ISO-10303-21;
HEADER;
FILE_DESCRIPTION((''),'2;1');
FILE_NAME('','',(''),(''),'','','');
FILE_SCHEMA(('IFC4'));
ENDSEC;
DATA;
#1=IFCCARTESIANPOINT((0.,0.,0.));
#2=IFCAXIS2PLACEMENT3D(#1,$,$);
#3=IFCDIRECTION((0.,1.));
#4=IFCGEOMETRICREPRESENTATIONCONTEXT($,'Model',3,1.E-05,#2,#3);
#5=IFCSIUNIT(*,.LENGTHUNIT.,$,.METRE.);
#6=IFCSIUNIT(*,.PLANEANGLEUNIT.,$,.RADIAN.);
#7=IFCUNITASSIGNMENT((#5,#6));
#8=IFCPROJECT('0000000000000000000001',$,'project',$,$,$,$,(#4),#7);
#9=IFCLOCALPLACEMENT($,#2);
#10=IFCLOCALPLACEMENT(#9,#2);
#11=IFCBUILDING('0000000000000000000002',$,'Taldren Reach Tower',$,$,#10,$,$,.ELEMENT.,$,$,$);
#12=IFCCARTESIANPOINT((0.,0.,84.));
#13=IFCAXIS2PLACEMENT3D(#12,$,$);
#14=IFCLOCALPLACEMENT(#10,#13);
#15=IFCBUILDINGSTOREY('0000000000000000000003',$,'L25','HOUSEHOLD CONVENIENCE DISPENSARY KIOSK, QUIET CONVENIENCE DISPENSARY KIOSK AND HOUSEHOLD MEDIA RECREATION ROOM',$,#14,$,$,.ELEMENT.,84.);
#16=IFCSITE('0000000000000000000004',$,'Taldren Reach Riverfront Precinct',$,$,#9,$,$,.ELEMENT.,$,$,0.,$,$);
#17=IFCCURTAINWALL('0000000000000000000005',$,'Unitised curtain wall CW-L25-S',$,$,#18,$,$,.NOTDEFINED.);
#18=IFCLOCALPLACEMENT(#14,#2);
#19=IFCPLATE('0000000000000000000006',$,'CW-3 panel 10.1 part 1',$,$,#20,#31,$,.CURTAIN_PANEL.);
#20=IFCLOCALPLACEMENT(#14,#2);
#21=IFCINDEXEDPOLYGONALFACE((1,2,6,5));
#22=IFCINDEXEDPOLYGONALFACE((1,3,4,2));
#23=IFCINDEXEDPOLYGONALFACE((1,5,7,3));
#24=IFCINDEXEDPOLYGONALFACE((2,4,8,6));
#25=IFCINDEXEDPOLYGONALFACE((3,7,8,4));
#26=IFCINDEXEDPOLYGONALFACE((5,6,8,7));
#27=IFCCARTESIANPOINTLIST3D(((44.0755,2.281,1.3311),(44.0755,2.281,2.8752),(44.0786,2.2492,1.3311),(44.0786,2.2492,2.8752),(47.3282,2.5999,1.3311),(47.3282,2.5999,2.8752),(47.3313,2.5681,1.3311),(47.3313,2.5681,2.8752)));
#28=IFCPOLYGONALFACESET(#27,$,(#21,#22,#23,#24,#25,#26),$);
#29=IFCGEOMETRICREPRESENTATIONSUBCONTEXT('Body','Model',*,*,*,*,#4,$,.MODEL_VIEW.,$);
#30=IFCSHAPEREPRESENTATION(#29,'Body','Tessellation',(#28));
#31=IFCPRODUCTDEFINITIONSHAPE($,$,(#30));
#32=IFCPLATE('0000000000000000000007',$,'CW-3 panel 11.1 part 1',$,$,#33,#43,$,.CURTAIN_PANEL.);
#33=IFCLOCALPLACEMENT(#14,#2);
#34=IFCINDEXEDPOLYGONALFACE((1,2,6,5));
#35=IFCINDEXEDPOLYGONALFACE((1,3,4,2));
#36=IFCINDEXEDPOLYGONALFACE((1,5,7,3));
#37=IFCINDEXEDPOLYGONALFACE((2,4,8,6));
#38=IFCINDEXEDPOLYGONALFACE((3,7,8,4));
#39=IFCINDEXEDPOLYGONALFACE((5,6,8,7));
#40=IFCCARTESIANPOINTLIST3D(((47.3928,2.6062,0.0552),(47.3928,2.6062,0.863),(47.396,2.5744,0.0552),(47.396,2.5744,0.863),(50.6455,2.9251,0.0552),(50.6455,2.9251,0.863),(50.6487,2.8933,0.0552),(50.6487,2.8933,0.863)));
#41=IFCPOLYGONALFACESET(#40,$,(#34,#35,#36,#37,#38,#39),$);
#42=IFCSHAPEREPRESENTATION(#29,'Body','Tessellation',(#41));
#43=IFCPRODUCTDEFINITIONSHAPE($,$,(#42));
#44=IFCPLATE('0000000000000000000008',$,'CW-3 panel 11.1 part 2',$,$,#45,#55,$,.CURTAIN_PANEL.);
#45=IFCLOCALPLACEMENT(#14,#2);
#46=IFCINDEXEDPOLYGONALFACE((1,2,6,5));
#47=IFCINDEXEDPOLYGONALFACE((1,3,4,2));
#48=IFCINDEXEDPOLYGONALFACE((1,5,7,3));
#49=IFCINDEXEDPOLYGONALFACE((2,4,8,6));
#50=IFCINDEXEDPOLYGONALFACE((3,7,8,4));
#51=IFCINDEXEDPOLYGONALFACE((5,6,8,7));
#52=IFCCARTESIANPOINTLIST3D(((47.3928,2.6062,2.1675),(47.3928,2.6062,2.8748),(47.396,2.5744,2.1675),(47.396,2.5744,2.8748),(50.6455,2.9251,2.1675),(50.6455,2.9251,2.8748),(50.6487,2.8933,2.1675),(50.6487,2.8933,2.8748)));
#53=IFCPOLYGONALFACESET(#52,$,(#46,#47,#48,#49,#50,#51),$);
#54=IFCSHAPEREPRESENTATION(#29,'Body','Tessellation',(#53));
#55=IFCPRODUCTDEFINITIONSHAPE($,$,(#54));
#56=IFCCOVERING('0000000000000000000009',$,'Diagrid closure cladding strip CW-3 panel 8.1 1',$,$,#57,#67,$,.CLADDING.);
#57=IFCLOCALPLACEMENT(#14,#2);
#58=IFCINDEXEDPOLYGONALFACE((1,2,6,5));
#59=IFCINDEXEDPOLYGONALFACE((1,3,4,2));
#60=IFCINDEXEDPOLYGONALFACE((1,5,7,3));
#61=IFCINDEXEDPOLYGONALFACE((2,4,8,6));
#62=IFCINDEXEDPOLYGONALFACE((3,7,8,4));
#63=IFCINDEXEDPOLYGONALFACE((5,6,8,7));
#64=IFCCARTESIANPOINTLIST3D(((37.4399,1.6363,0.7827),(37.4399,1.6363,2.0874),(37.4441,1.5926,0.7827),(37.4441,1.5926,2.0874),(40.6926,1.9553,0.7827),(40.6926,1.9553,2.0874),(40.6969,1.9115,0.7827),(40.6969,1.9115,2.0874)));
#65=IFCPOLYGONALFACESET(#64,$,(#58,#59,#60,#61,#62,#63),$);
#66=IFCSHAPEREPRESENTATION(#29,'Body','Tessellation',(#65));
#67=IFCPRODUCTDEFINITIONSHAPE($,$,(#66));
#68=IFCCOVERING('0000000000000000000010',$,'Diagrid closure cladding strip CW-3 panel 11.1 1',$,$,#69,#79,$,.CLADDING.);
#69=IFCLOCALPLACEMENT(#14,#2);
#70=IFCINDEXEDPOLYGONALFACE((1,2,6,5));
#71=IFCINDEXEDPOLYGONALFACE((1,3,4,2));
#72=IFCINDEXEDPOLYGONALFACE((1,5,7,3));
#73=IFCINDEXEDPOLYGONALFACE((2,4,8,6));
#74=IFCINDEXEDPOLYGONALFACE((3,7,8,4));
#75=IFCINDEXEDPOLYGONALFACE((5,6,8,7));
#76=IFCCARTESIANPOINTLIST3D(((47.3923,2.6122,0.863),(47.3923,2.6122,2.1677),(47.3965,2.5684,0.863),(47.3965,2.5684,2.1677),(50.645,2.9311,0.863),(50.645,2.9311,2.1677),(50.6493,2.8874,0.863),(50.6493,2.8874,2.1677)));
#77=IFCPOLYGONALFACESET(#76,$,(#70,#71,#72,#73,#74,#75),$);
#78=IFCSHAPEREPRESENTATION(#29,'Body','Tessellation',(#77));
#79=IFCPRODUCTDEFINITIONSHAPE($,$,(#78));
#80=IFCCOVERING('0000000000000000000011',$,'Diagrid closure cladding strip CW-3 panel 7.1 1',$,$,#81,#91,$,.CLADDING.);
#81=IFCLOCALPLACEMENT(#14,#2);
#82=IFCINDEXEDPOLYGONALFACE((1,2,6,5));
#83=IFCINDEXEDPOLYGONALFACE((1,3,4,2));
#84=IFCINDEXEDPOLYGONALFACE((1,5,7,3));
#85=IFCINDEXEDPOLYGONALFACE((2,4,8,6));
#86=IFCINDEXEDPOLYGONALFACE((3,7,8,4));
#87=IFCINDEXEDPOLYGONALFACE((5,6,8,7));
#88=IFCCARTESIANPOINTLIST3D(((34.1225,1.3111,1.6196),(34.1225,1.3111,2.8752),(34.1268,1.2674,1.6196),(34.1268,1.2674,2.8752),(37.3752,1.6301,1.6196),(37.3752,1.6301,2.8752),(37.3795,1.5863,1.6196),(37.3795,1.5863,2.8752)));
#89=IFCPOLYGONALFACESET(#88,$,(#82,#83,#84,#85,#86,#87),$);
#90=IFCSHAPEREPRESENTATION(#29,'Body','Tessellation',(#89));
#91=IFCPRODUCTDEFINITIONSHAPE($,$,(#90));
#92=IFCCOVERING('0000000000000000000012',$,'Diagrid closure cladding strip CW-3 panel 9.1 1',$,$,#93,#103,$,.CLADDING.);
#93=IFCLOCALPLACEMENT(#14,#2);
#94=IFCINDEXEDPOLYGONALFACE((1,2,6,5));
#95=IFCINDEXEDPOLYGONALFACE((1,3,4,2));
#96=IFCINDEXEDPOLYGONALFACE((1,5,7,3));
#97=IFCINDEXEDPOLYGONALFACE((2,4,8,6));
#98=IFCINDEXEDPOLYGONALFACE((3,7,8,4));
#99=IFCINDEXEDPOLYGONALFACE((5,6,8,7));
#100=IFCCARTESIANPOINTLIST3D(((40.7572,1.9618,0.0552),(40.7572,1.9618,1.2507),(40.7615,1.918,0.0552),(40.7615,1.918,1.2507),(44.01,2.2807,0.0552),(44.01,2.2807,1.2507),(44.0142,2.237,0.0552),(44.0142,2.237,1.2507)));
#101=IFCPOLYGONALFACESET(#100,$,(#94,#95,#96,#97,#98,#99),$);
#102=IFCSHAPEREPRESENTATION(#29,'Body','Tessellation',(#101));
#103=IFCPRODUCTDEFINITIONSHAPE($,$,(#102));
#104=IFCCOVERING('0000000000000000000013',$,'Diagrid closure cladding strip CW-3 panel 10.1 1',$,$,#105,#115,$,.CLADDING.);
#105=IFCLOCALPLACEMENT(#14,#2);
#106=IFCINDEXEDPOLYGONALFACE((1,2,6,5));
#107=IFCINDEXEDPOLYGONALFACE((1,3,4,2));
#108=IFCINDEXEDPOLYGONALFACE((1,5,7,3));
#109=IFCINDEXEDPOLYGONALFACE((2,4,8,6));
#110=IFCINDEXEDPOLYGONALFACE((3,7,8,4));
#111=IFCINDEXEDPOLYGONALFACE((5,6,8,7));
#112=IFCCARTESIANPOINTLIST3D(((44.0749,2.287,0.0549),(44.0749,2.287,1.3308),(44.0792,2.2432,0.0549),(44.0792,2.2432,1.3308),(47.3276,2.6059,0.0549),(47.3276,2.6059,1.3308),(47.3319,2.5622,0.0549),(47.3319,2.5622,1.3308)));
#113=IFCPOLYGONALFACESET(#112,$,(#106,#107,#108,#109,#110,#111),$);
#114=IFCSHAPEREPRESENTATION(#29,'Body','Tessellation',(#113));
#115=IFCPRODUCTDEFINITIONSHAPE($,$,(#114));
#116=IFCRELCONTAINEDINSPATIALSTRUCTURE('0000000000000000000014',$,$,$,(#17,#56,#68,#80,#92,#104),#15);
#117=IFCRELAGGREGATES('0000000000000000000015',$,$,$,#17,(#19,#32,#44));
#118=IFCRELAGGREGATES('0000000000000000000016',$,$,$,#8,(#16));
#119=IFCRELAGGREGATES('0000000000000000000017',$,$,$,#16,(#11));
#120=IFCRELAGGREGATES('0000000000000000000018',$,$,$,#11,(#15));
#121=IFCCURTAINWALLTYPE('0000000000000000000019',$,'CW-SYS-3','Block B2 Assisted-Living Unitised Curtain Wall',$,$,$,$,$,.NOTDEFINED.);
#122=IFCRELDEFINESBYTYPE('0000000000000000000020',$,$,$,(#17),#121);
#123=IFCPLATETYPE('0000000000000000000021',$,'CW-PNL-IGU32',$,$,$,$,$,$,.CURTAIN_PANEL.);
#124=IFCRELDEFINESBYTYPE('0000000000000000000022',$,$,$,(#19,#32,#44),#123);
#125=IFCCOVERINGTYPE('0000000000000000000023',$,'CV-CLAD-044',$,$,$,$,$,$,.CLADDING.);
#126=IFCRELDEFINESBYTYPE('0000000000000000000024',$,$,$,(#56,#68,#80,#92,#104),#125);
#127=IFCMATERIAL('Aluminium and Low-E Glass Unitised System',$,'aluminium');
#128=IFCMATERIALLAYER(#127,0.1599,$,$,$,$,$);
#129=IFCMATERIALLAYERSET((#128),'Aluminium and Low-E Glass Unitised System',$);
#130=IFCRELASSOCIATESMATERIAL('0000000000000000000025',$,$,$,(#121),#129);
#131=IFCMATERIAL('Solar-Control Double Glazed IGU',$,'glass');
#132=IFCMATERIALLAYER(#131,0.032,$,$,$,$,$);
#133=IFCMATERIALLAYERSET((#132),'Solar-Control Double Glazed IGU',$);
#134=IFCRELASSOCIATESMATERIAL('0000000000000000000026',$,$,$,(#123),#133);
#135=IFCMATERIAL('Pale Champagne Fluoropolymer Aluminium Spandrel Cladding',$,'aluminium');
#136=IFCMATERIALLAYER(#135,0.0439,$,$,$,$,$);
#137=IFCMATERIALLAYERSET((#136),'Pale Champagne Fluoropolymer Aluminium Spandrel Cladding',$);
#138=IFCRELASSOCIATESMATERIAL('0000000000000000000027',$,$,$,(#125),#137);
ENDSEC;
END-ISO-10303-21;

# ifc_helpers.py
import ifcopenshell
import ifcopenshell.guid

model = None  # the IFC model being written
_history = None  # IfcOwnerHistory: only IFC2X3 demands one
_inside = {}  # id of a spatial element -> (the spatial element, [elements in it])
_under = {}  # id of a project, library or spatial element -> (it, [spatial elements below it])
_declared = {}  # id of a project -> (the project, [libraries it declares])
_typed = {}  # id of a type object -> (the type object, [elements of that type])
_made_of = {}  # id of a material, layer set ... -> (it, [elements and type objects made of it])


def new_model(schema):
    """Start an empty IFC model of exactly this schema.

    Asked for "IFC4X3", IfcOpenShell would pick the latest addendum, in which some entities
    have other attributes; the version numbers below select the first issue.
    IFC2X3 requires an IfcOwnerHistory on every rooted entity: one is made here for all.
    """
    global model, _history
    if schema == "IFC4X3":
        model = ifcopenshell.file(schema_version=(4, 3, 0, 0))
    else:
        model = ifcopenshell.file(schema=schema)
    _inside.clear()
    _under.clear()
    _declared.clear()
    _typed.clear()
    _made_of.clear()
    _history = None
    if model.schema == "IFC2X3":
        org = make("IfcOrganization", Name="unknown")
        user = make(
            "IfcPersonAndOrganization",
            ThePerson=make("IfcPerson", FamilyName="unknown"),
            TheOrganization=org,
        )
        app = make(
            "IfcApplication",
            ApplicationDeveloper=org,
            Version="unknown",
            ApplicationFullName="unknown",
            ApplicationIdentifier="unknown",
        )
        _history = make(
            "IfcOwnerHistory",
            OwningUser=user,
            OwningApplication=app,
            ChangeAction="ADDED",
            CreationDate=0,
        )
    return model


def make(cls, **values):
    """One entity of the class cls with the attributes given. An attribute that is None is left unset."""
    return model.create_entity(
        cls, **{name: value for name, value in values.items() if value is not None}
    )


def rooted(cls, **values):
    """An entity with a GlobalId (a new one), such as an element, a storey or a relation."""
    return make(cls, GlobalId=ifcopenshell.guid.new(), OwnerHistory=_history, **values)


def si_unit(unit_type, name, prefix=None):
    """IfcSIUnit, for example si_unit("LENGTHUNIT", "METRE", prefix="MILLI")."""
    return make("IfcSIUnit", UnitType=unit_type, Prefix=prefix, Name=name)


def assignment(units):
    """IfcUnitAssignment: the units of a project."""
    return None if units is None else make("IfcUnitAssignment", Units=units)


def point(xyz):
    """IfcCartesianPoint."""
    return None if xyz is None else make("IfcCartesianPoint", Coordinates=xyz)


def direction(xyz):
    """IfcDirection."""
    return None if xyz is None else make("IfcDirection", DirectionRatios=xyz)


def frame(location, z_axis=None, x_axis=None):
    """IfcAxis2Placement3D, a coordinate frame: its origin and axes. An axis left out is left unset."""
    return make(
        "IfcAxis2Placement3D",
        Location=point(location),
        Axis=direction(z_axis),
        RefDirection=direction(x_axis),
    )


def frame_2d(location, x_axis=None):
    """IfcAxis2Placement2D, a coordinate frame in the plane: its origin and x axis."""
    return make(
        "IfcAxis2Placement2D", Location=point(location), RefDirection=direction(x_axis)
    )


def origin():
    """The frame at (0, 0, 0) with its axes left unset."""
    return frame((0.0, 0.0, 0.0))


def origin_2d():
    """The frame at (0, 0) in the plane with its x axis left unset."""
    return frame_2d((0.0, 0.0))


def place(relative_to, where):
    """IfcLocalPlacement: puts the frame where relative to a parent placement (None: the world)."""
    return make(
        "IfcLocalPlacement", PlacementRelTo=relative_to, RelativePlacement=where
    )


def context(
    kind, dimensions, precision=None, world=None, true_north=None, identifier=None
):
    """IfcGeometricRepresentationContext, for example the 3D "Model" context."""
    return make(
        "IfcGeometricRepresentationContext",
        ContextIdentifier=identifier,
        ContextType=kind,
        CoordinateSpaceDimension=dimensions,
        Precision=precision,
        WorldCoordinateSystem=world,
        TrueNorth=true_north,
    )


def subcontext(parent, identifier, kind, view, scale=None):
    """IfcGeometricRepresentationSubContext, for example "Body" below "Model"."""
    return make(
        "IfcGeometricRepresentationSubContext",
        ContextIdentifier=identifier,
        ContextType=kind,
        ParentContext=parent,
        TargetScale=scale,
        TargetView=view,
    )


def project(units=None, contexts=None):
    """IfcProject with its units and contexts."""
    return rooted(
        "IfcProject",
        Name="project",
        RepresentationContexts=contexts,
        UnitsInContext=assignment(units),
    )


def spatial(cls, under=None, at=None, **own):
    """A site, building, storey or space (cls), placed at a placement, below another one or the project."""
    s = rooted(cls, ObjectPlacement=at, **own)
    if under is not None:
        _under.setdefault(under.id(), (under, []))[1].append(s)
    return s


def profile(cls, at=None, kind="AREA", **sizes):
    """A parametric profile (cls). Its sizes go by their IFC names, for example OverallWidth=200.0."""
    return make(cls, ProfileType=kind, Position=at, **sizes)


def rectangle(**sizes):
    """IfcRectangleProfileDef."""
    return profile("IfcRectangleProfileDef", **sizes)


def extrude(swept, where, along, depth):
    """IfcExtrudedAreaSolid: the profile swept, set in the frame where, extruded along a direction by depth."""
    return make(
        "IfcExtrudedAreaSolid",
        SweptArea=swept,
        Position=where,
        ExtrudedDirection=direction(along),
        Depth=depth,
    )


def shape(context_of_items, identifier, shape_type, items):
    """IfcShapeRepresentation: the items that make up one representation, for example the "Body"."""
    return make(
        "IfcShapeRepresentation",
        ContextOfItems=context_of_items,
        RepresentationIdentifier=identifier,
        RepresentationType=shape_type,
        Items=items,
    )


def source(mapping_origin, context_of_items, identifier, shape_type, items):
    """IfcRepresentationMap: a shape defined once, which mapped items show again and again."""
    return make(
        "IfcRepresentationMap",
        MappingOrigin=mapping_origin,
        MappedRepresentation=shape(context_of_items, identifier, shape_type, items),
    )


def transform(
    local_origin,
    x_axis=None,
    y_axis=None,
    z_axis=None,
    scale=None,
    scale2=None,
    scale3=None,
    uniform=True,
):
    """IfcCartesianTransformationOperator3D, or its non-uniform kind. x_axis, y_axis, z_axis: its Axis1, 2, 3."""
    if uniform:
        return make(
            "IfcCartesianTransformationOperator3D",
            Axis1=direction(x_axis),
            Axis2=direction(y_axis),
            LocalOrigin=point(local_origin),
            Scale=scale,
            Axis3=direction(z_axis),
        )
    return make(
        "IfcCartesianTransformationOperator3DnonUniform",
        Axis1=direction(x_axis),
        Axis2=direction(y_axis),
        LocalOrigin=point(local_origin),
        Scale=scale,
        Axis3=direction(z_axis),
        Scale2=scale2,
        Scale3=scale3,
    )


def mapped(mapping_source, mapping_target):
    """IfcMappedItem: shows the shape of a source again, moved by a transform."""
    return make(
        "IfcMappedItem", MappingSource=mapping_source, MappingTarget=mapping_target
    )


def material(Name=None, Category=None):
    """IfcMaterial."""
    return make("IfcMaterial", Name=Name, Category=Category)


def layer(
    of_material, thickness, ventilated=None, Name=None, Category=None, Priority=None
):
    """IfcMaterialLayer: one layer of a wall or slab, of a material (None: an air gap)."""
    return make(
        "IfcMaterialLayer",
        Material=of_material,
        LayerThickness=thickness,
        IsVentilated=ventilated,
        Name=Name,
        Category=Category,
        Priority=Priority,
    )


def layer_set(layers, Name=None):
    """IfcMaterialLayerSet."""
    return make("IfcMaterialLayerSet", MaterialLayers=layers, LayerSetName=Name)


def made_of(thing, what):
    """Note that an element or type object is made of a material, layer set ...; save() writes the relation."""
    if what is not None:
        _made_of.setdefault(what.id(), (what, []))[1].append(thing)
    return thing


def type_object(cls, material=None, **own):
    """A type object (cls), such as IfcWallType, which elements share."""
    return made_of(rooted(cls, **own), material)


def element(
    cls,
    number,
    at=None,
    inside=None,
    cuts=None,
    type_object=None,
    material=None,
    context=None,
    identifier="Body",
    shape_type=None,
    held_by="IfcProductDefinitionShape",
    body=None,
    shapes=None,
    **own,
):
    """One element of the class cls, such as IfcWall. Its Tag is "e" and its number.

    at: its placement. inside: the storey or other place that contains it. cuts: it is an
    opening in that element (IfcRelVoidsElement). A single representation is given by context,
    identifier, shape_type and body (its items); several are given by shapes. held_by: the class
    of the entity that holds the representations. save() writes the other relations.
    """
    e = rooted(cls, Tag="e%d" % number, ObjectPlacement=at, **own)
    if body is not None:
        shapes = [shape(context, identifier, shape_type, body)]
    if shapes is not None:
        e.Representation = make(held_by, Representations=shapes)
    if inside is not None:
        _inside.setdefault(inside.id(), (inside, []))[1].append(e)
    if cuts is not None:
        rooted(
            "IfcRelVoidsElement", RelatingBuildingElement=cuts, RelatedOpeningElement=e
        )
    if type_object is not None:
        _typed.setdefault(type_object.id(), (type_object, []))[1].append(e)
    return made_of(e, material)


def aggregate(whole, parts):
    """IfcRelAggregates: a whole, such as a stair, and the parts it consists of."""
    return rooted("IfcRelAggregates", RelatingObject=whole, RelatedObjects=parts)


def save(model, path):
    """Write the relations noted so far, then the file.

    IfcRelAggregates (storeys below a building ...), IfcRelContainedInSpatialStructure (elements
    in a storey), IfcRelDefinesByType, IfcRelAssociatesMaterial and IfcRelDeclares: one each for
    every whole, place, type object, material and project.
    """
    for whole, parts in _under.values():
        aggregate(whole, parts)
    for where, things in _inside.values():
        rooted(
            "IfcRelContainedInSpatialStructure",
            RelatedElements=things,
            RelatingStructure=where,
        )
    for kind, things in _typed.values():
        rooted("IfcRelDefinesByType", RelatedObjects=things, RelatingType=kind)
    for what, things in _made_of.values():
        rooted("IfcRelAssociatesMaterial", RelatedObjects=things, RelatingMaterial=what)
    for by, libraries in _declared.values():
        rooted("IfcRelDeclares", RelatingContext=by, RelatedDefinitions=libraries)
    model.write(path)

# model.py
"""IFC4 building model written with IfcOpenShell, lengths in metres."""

from ifc_helpers import new_model, si_unit, direction, frame, origin, origin_2d, place, context, subcontext, project, spatial, rectangle, extrude, source, transform, mapped, material, layer, layer_set, type_object, element, aggregate, save


model = new_model("IFC4")

# Units and contexts
model_context = context("Model", 3, precision=1e-05, world=origin(), true_north=direction((0.0, 1.0)))
body_context = subcontext(model_context, "Body", "Model", "MODEL_VIEW")
ifc_project = project(units=[si_unit("LENGTHUNIT", "METRE"), si_unit("PLANEANGLEUNIT", "RADIAN")], contexts=[model_context])

# Site, building, storey
site_placement = place(None, origin())
site = spatial("IfcSite", under=ifc_project, at=site_placement, Name="Taldren Reach Riverfront Precinct", CompositionType="ELEMENT", RefElevation=0.0)
building_placement = place(site_placement, origin())
building = spatial("IfcBuilding", under=site, at=building_placement, Name="Taldren Reach Tower", CompositionType="ELEMENT")
storey_placement = place(building_placement, frame((0.0, 0.0, 84.0)))
storey = spatial("IfcBuildingStorey", under=building, at=storey_placement, Name="L25", Description="HOUSEHOLD CONVENIENCE DISPENSARY KIOSK, QUIET CONVENIENCE DISPENSARY KIOSK AND HOUSEHOLD MEDIA RECREATION ROOM", CompositionType="ELEMENT", Elevation=84.0)

# Curtain wall
ifc_material_1 = material(Name="Aluminium and Low-E Glass Unitised System", Category="aluminium")
ifc_layer_1 = layer(ifc_material_1, 0.1599)
ifc_layer_set_1 = layer_set([ifc_layer_1], Name="Aluminium and Low-E Glass Unitised System")
curtain_wall_type = type_object("IfcCurtainWallType", Name="CW-SYS-3", Description="Block B2 Assisted-Living Unitised Curtain Wall", PredefinedType="NOTDEFINED", material=ifc_layer_set_1)
curtain_wall_placement = place(storey_placement, origin())
curtain_wall = element("IfcCurtainWall", 1, at=curtain_wall_placement, inside=storey, type_object=curtain_wall_type, Name="Unitised curtain wall CW-L25-S", PredefinedType="NOTDEFINED")

# Plates
ifc_material_2 = material(Name="Solar-Control Double Glazed IGU", Category="glass")
ifc_layer_2 = layer(ifc_material_2, 0.032)
ifc_layer_set_2 = layer_set([ifc_layer_2], Name="Solar-Control Double Glazed IGU")
plate_type_1 = type_object("IfcPlateType", Name="CW-PNL-IGU32", PredefinedType="CURTAIN_PANEL", material=ifc_layer_set_2)
shared_shape_1 = source(origin(), body_context, "Body", "SweptSolid", [
    extrude(rectangle(XDim=3.2683, YDim=0.032, at=origin_2d()), origin(), (0.0, 0.0, 1.0), 1.5442),
])
plate_1_placement = place(storey_placement, frame((45.7034, 2.4246, 1.3311), z_axis=(0.0, 0.0, 1.0), x_axis=(0.995227, 0.097583, 0.0)))
plate_1 = element("IfcPlate", 2, at=plate_1_placement, type_object=plate_type_1, Name="CW-3 panel 10.1 part 1", PredefinedType="CURTAIN_PANEL", context=body_context, shape_type="MappedRepresentation", body=[
    mapped(shared_shape_1, transform((0.0, 0.0, 0.0), scale=1.0)),
])
shared_shape_2 = source(origin(), body_context, "Body", "SweptSolid", [
    extrude(rectangle(XDim=3.2683, YDim=0.032, at=origin_2d()), origin(), (0.0, 0.0, 1.0), 0.8079),
])
plate_2_placement = place(storey_placement, frame((49.0208, 2.7498, 0.0552), z_axis=(0.0, 0.0, 1.0), x_axis=(0.995227, 0.097583, 0.0)))
plate_2 = element("IfcPlate", 3, at=plate_2_placement, type_object=plate_type_1, Name="CW-3 panel 11.1 part 1", PredefinedType="CURTAIN_PANEL", context=body_context, shape_type="MappedRepresentation", body=[
    mapped(shared_shape_2, transform((0.0, 0.0, 0.0), scale=1.0)),
])
shared_shape_3 = source(origin(), body_context, "Body", "SweptSolid", [
    extrude(rectangle(XDim=3.2683, YDim=0.032, at=origin_2d()), origin(), (0.0, 0.0, 1.0), 0.7073),
])
plate_3_placement = place(storey_placement, frame((49.0208, 2.7498, 2.1675), z_axis=(0.0, 0.0, 1.0), x_axis=(0.995227, 0.097583, 0.0)))
plate_3 = element("IfcPlate", 4, at=plate_3_placement, type_object=plate_type_1, Name="CW-3 panel 11.1 part 2", PredefinedType="CURTAIN_PANEL", context=body_context, shape_type="MappedRepresentation", body=[
    mapped(shared_shape_3, transform((0.0, 0.0, 0.0), scale=1.0)),
])
aggregate(curtain_wall, [plate_1, plate_2, plate_3])

# Coverings
ifc_material_3 = material(Name="Pale Champagne Fluoropolymer Aluminium Spandrel Cladding", Category="aluminium")
ifc_layer_3 = layer(ifc_material_3, 0.0439)
ifc_layer_set_3 = layer_set([ifc_layer_3], Name="Pale Champagne Fluoropolymer Aluminium Spandrel Cladding")
covering_type = type_object("IfcCoveringType", Name="CV-CLAD-044", PredefinedType="CLADDING", material=ifc_layer_set_3)
shared_shape_4 = source(origin(), body_context, "Body", "SweptSolid", [
    extrude(rectangle(XDim=3.2683, YDim=0.0439, at=origin_2d()), origin(), (0.0, 0.0, 1.0), 1.3047),
])
for number, where, z_axis, x_axis, name in (
    (5, (39.0684, 1.7739, 0.7827), (0.0, 0.0, 1.0), (0.995227, 0.097583, 0.0), "Diagrid closure cladding strip CW-3 panel 8.1 1"),
    (6, (49.0208, 2.7498, 0.863), (0.0, 0.0, 1.0), (0.995227, 0.097583, 0.0), "Diagrid closure cladding strip CW-3 panel 11.1 1"),
):
    element("IfcCovering", number, at=place(storey_placement, frame(where, z_axis=z_axis, x_axis=x_axis)), inside=storey, type_object=covering_type, Name=name, PredefinedType="CLADDING", context=body_context, shape_type="MappedRepresentation", body=[
        mapped(shared_shape_4, transform((0.0, 0.0, 0.0), scale=1.0)),
    ])
shared_shape_5 = source(origin(), body_context, "Body", "SweptSolid", [
    extrude(rectangle(XDim=3.2683, YDim=0.0439, at=origin_2d()), origin(), (0.0, 0.0, 1.0), 1.2556),
])
covering_1_placement = place(storey_placement, frame((35.751, 1.4487, 1.6196), z_axis=(0.0, 0.0, 1.0), x_axis=(0.995227, 0.097583, 0.0)))
element("IfcCovering", 7, at=covering_1_placement, inside=storey, type_object=covering_type, Name="Diagrid closure cladding strip CW-3 panel 7.1 1", PredefinedType="CLADDING", context=body_context, shape_type="MappedRepresentation", body=[
    mapped(shared_shape_5, transform((0.0, 0.0, 0.0), scale=1.0)),
])
shared_shape_6 = source(origin(), body_context, "Body", "SweptSolid", [
    extrude(rectangle(XDim=3.2683, YDim=0.0439, at=origin_2d()), origin(), (0.0, 0.0, 1.0), 1.1956),
])
covering_2_placement = place(storey_placement, frame((42.3857, 2.0994, 0.0552), z_axis=(0.0, 0.0, 1.0), x_axis=(0.995227, 0.097583, 0.0)))
element("IfcCovering", 8, at=covering_2_placement, inside=storey, type_object=covering_type, Name="Diagrid closure cladding strip CW-3 panel 9.1 1", PredefinedType="CLADDING", context=body_context, shape_type="MappedRepresentation", body=[
    mapped(shared_shape_6, transform((0.0, 0.0, 0.0), scale=1.0)),
])
shared_shape_7 = source(origin(), body_context, "Body", "SweptSolid", [
    extrude(rectangle(XDim=3.2683, YDim=0.0439, at=origin_2d()), origin(), (0.0, 0.0, 1.0), 1.2759),
])
covering_3_placement = place(storey_placement, frame((45.7034, 2.4246, 0.0549), z_axis=(0.0, 0.0, 1.0), x_axis=(0.995227, 0.097583, 0.0)))
element("IfcCovering", 9, at=covering_3_placement, inside=storey, type_object=covering_type, Name="Diagrid closure cladding strip CW-3 panel 10.1 1", PredefinedType="CLADDING", context=body_context, shape_type="MappedRepresentation", body=[
    mapped(shared_shape_7, transform((0.0, 0.0, 0.0), scale=1.0)),
])

save(model, "model.ifc")
